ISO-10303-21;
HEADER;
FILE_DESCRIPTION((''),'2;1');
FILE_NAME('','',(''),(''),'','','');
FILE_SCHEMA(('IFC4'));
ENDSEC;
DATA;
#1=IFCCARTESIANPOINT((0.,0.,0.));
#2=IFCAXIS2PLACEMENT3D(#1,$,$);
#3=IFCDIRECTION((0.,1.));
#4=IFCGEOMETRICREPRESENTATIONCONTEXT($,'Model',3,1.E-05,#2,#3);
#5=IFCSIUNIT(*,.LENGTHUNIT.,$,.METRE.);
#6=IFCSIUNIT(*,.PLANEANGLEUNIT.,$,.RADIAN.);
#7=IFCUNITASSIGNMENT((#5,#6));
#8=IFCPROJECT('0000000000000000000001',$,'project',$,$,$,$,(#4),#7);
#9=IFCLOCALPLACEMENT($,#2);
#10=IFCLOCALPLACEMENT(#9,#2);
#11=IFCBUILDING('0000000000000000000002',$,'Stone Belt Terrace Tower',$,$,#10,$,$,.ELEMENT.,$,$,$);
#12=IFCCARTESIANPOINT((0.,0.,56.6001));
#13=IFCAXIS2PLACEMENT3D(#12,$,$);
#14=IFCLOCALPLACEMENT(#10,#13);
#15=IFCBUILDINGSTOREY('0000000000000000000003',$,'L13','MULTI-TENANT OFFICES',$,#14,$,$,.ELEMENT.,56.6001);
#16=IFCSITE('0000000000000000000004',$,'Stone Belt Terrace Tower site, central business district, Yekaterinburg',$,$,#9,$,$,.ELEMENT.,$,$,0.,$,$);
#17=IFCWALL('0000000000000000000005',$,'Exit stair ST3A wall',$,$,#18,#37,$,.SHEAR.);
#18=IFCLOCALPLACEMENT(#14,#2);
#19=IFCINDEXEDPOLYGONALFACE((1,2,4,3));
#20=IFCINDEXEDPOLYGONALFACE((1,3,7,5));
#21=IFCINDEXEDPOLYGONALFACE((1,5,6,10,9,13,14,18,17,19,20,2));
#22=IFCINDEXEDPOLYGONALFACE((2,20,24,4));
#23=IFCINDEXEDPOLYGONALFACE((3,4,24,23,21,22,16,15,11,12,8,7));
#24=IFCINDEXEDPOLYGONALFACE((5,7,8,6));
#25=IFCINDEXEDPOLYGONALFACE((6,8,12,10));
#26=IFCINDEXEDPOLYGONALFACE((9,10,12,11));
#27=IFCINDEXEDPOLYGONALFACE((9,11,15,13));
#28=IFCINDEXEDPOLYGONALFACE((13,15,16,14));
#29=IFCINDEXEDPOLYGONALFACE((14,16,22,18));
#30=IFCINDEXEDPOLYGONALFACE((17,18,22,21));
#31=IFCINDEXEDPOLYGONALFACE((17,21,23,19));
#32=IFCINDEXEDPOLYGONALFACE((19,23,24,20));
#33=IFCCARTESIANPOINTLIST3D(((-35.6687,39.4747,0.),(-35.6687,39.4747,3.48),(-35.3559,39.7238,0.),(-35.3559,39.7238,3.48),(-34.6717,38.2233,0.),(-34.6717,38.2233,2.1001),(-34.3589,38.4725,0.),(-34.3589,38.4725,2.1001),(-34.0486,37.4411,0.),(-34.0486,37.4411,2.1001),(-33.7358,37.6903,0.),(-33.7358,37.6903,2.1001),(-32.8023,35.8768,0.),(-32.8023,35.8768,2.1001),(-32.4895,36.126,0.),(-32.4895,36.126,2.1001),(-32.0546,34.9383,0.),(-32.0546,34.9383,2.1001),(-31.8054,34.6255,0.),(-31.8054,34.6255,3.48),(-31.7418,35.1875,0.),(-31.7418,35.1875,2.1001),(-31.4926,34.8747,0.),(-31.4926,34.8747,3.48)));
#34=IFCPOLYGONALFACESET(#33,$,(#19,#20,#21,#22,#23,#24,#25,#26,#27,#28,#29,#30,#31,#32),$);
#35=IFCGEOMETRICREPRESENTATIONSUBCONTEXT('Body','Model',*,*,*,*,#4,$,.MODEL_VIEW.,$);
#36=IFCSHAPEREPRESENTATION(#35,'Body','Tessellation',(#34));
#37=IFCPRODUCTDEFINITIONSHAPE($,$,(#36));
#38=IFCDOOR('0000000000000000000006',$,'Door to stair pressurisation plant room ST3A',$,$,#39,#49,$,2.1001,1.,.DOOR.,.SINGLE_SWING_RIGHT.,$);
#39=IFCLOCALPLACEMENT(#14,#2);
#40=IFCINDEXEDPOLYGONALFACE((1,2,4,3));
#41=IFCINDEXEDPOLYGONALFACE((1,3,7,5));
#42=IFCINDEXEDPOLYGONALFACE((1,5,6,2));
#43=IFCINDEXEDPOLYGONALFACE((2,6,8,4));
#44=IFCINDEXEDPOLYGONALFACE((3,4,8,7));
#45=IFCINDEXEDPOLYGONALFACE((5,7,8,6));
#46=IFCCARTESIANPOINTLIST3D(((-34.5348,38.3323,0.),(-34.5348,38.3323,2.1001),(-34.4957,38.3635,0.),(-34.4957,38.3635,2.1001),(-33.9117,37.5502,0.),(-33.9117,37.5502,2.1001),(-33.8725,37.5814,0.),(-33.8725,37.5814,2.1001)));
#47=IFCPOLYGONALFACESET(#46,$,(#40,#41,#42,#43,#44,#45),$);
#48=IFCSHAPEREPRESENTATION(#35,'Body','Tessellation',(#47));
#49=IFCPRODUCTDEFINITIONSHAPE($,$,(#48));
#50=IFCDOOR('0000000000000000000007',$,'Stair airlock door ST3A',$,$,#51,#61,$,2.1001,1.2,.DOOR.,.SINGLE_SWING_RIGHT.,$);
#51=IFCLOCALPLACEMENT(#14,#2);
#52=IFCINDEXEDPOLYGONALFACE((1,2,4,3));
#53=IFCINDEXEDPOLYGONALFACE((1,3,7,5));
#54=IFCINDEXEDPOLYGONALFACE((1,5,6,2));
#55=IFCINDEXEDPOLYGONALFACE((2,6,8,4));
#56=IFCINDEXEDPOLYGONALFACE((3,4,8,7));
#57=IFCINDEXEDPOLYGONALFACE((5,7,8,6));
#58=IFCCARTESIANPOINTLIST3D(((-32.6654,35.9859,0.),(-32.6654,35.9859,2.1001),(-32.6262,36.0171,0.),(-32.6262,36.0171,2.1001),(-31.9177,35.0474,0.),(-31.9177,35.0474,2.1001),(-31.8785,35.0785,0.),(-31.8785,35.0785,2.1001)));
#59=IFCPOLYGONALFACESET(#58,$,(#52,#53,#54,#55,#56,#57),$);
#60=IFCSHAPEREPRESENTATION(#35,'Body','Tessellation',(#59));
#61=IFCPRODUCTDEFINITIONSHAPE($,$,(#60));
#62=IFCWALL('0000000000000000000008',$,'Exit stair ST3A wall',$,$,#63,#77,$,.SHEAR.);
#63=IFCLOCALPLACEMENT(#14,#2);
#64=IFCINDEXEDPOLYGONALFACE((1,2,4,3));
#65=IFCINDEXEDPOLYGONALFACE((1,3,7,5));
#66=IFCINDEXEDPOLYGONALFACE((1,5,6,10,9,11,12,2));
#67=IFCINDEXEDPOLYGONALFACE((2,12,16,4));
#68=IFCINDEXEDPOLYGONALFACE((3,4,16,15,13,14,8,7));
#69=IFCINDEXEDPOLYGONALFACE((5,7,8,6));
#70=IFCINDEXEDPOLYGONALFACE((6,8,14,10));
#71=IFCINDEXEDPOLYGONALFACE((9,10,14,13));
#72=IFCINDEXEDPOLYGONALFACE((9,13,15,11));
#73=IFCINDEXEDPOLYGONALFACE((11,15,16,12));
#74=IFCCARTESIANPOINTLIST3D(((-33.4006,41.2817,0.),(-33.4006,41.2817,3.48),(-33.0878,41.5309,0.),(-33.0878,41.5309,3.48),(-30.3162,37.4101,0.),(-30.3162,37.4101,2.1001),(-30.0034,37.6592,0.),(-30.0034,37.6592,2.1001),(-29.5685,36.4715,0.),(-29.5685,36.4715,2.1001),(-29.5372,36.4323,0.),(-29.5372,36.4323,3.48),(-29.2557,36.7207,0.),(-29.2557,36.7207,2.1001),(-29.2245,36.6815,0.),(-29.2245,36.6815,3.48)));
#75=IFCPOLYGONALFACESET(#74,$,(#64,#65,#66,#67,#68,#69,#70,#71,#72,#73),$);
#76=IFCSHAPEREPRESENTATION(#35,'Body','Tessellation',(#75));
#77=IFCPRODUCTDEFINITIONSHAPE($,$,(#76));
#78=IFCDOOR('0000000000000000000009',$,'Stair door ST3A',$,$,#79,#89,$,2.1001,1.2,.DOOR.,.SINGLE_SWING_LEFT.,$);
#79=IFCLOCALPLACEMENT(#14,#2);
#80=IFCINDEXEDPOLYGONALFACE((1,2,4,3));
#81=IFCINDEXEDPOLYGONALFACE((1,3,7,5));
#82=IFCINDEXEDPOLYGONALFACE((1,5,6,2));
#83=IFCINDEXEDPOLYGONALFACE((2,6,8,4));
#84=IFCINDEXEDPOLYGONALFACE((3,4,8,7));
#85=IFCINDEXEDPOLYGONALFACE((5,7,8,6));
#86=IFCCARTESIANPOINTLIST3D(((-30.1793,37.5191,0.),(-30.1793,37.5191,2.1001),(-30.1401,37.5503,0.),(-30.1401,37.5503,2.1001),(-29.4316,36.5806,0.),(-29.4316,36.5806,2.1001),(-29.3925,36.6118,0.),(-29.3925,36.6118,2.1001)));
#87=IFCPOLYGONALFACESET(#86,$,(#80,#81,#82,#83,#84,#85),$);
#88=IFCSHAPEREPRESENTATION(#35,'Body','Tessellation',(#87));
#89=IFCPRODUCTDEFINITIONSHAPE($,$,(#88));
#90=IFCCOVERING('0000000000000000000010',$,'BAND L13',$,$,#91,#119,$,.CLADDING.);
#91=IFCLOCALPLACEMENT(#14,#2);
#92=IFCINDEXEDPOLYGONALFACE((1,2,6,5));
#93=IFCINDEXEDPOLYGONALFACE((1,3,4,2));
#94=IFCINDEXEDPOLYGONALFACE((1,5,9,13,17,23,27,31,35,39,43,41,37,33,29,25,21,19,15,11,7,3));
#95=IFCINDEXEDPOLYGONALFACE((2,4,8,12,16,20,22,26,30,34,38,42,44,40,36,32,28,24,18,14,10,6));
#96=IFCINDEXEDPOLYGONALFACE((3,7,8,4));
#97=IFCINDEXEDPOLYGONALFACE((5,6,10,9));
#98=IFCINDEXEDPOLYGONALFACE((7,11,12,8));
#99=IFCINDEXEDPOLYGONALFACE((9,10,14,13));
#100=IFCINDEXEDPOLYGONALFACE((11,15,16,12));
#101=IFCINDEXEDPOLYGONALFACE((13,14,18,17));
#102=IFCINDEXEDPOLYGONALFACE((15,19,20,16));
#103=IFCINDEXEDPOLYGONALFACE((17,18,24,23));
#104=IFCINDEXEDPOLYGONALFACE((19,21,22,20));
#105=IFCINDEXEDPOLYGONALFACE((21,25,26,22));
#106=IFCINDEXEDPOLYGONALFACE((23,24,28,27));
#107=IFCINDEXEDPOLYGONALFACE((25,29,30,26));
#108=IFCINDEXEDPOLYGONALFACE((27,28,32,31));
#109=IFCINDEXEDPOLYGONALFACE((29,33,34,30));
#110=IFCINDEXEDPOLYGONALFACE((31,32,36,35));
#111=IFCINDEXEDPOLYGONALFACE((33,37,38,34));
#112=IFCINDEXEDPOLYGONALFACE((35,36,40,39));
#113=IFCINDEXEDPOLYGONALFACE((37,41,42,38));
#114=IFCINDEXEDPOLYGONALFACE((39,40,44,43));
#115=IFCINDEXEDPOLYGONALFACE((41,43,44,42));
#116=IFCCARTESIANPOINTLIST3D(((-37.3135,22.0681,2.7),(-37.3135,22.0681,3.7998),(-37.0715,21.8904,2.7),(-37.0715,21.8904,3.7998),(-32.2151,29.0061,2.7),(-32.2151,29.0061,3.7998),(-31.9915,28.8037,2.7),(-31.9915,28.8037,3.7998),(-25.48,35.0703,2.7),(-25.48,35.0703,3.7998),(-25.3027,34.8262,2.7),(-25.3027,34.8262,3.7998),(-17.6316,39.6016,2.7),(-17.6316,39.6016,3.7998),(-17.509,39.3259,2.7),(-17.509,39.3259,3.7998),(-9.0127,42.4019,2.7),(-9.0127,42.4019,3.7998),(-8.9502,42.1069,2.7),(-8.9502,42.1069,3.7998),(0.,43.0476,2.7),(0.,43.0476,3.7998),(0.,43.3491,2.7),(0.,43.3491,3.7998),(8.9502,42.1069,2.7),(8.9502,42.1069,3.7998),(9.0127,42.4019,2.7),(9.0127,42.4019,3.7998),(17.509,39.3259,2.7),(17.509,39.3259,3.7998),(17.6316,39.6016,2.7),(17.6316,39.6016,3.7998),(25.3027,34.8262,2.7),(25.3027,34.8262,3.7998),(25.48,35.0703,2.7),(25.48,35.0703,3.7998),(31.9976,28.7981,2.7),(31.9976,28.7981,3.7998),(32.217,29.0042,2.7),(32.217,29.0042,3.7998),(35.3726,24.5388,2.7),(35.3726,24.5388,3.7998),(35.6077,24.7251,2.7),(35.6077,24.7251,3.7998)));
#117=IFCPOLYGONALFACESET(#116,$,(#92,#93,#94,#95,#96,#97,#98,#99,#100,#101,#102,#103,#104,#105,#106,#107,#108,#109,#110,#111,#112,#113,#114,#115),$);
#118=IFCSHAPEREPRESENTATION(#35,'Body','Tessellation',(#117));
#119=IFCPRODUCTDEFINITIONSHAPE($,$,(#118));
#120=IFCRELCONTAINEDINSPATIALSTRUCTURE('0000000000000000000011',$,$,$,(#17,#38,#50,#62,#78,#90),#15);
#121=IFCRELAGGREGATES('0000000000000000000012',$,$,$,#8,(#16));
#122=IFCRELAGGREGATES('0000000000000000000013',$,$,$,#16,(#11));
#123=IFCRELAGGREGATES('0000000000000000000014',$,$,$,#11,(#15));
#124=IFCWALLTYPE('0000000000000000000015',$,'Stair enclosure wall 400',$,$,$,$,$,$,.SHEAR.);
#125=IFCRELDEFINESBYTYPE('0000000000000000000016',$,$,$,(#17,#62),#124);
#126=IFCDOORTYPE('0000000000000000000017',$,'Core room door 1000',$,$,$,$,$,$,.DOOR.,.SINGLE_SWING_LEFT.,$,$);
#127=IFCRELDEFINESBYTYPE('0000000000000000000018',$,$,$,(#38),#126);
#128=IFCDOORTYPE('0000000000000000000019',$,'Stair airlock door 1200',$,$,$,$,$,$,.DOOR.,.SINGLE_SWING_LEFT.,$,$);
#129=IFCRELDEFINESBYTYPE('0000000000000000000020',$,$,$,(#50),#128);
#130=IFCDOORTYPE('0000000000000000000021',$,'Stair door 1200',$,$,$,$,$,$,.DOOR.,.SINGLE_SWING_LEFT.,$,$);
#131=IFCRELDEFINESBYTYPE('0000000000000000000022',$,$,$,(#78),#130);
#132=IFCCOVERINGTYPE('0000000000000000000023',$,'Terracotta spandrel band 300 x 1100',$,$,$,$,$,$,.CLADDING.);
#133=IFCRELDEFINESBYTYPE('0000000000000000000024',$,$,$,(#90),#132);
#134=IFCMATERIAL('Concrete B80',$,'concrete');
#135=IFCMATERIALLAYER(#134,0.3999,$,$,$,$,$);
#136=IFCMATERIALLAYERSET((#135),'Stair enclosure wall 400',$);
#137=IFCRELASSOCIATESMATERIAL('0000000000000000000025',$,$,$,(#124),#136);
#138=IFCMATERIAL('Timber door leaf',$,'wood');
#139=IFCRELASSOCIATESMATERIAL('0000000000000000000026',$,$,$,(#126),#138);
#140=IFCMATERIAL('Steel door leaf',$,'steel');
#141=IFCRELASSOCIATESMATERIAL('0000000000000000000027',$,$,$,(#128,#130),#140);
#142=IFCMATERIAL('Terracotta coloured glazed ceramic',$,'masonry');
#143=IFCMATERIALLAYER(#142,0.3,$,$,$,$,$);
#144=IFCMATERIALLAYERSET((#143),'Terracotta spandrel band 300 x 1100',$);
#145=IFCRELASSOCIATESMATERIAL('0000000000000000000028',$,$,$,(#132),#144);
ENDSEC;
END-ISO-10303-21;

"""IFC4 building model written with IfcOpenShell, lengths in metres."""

from ifc_helpers import new_model, si_unit, direction, frame, frame_2d, origin, place, context, subcontext, project, spatial, polyline, rectangle, outline, extrude, material, layer, layer_set, type_object, element, fill, save


model = new_model("IFC4")

# Units and contexts
model_context = context("Model", 3, precision=1e-05, world=origin(), true_north=direction((0.0, 1.0)))
body_context = subcontext(model_context, "Body", "Model", "MODEL_VIEW")
ifc_project = project(units=[si_unit("LENGTHUNIT", "METRE"), si_unit("PLANEANGLEUNIT", "RADIAN")], contexts=[model_context])

# Site, building, storey
site_placement = place(None, origin())
site = spatial("IfcSite", under=ifc_project, at=site_placement, Name="Stone Belt Terrace Tower site, central business district, Yekaterinburg", CompositionType="ELEMENT", RefElevation=0.0)
building_placement = place(site_placement, origin())
building = spatial("IfcBuilding", under=site, at=building_placement, Name="Stone Belt Terrace Tower", CompositionType="ELEMENT")
storey_placement = place(building_placement, frame((0.0, 0.0, 56.6001)))
storey = spatial("IfcBuildingStorey", under=building, at=storey_placement, Name="L13", Description="MULTI-TENANT OFFICES", CompositionType="ELEMENT", Elevation=56.6001)

# Shared definitions
ifc_material_1 = material(Name="Concrete B80", Category="concrete")

# Shared definitions
ifc_layer_1 = layer(ifc_material_1, 0.3999)
ifc_layer_set_1 = layer_set([ifc_layer_1], Name="Stair enclosure wall 400")
wall_type_1 = type_object("IfcWallType", Name="Stair enclosure wall 400", PredefinedType="SHEAR", material=ifc_layer_set_1)

# Wall, openings, doors
wall_1_placement = place(storey_placement, frame((-31.6489, 34.75, 0.0), z_axis=(0.0, 0.0, 1.0), x_axis=(-0.623119, 0.782127, 0.0)))
wall_1 = element("IfcWall", 1, at=wall_1_placement, inside=storey, type_object=wall_type_1, Name="Exit stair ST3A wall", PredefinedType="SHEAR", context=body_context, shape_type="SweptSolid", body=[
    extrude(rectangle(XDim=6.2, YDim=0.3999, at=frame_2d((3.1001, 0.0))), origin(), (0.0, 0.0, 1.0), 3.48),
])
opening_1_placement = place(wall_1_placement, frame((0.3999, 0.0, 0.0)))
opening_1 = element("IfcOpeningElement", 2, at=opening_1_placement, cuts=wall_1, PredefinedType="OPENING", context=body_context, shape_type="SweptSolid", body=[
    extrude(rectangle(XDim=1.2, YDim=2.1001, at=frame_2d((0.6001, 1.05))), frame((0.0, 0.21, 0.0), z_axis=(0.0, -1.0, 0.0), x_axis=(1.0, 0.0, 0.0)), (0.0, 0.0, 1.0), 0.4199),
])
opening_2_placement = place(wall_1_placement, frame((3.6001, 0.0, 0.0)))
opening_2 = element("IfcOpeningElement", 3, at=opening_2_placement, cuts=wall_1, PredefinedType="OPENING", context=body_context, shape_type="SweptSolid", body=[
    extrude(rectangle(XDim=1.0, YDim=2.1001, at=frame_2d((0.5, 1.05))), frame((0.0, 0.21, 0.0), z_axis=(0.0, -1.0, 0.0), x_axis=(1.0, 0.0, 0.0)), (0.0, 0.0, 1.0), 0.4199),
])
ifc_material_2 = material(Name="Timber door leaf", Category="wood")
door_type_1 = type_object("IfcDoorType", Name="Core room door 1000", OperationType="SINGLE_SWING_LEFT", PredefinedType="DOOR", material=ifc_material_2)
door_1_placement = place(opening_2_placement, origin())
door_1 = element("IfcDoor", 4, at=door_1_placement, inside=storey, type_object=door_type_1, Name="Door to stair pressurisation plant room ST3A", OperationType="SINGLE_SWING_RIGHT", OverallHeight=2.1001, OverallWidth=1.0, PredefinedType="DOOR", context=body_context, shape_type="SweptSolid", body=[
    extrude(rectangle(XDim=1.0, YDim=2.1001, at=frame_2d((0.5, 1.05))), frame((0.0, 0.0249, 0.0), z_axis=(0.0, -1.0, 0.0), x_axis=(1.0, 0.0, 0.0)), (0.0, 0.0, 1.0), 0.05),
])
fill(opening_2, door_1)
ifc_material_3 = material(Name="Steel door leaf", Category="steel")
door_type_2 = type_object("IfcDoorType", Name="Stair airlock door 1200", OperationType="SINGLE_SWING_LEFT", PredefinedType="DOOR", material=ifc_material_3)
door_2_placement = place(opening_1_placement, origin())
door_2 = element("IfcDoor", 5, at=door_2_placement, inside=storey, type_object=door_type_2, Name="Stair airlock door ST3A", OperationType="SINGLE_SWING_RIGHT", OverallHeight=2.1001, OverallWidth=1.2, PredefinedType="DOOR", context=body_context, shape_type="SweptSolid", body=[
    extrude(rectangle(XDim=1.2, YDim=2.1001, at=frame_2d((0.6001, 1.05))), frame((0.0, 0.0249, 0.0), z_axis=(0.0, -1.0, 0.0), x_axis=(1.0, 0.0, 0.0)), (0.0, 0.0, 1.0), 0.05),
])
fill(opening_1, door_2)

# Wall, opening, door
wall_2_placement = place(storey_placement, frame((-29.3809, 36.5569, 0.0), z_axis=(0.0, 0.0, 1.0), x_axis=(-0.623099, 0.782143, 0.0)))
wall_2 = element("IfcWall", 6, at=wall_2_placement, inside=storey, type_object=wall_type_1, Name="Exit stair ST3A wall", PredefinedType="SHEAR", context=body_context, shape_type="SweptSolid", body=[
    extrude(rectangle(XDim=6.2002, YDim=0.3999, at=frame_2d((3.1001, 0.0))), origin(), (0.0, 0.0, 1.0), 3.48),
])
opening_3_placement = place(wall_2_placement, frame((0.05, 0.0, 0.0)))
opening_3 = element("IfcOpeningElement", 7, at=opening_3_placement, cuts=wall_2, PredefinedType="OPENING", context=body_context, shape_type="SweptSolid", body=[
    extrude(rectangle(XDim=1.2, YDim=2.1001, at=frame_2d((0.6001, 1.05))), frame((0.0, 0.21, 0.0), z_axis=(0.0, -1.0, 0.0), x_axis=(1.0, 0.0, 0.0)), (0.0, 0.0, 1.0), 0.4199),
])
door_type_3 = type_object("IfcDoorType", Name="Stair door 1200", OperationType="SINGLE_SWING_LEFT", PredefinedType="DOOR", material=ifc_material_3)
door_3_placement = place(opening_3_placement, origin())
door_3 = element("IfcDoor", 8, at=door_3_placement, inside=storey, type_object=door_type_3, Name="Stair door ST3A", OperationType="SINGLE_SWING_LEFT", OverallHeight=2.1001, OverallWidth=1.2, PredefinedType="DOOR", context=body_context, shape_type="SweptSolid", body=[
    extrude(rectangle(XDim=1.2, YDim=2.1001, at=frame_2d((0.6001, 1.05))), frame((0.0, 0.0249, 0.0), z_axis=(0.0, -1.0, 0.0), x_axis=(1.0, 0.0, 0.0)), (0.0, 0.0, 1.0), 0.05),
])
fill(opening_3, door_3)

# Covering
ifc_material_4 = material(Name="Terracotta coloured glazed ceramic", Category="masonry")
ifc_layer_2 = layer(ifc_material_4, 0.3)
ifc_layer_set_2 = layer_set([ifc_layer_2], Name="Terracotta spandrel band 300 x 1100")
covering_type = type_object("IfcCoveringType", Name="Terracotta spandrel band 300 x 1100", PredefinedType="CLADDING", material=ifc_layer_set_2)
covering_placement = place(storey_placement, frame((0.0, 0.0, 2.7)))
element("IfcCovering", 9, at=covering_placement, inside=storey, type_object=covering_type, Name="BAND L13", PredefinedType="CLADDING", context=body_context, shape_type="SweptSolid", body=[
    extrude(outline(polyline([(-37.3135, 22.0681), (-32.2151, 29.0061), (-25.48, 35.0703), (-17.6316, 39.6016), (-9.0127, 42.4019), (0.0, 43.3491), (9.0127, 42.4019), (17.6316, 39.6016), (25.48, 35.0703), (32.217, 29.0042), (35.6077, 24.7251), (35.3726, 24.5388), (31.9976, 28.7981), (25.3027, 34.8262), (17.509, 39.3259), (8.9502, 42.1069), (0.0, 43.0476), (-8.9502, 42.1069), (-17.509, 39.3259), (-25.3027, 34.8262), (-31.9915, 28.8037), (-37.0715, 21.8904), (-37.3135, 22.0681)])), origin(), (0.0, 0.0, 1.0), 1.0999),
])

save(model, "model.ifc")
